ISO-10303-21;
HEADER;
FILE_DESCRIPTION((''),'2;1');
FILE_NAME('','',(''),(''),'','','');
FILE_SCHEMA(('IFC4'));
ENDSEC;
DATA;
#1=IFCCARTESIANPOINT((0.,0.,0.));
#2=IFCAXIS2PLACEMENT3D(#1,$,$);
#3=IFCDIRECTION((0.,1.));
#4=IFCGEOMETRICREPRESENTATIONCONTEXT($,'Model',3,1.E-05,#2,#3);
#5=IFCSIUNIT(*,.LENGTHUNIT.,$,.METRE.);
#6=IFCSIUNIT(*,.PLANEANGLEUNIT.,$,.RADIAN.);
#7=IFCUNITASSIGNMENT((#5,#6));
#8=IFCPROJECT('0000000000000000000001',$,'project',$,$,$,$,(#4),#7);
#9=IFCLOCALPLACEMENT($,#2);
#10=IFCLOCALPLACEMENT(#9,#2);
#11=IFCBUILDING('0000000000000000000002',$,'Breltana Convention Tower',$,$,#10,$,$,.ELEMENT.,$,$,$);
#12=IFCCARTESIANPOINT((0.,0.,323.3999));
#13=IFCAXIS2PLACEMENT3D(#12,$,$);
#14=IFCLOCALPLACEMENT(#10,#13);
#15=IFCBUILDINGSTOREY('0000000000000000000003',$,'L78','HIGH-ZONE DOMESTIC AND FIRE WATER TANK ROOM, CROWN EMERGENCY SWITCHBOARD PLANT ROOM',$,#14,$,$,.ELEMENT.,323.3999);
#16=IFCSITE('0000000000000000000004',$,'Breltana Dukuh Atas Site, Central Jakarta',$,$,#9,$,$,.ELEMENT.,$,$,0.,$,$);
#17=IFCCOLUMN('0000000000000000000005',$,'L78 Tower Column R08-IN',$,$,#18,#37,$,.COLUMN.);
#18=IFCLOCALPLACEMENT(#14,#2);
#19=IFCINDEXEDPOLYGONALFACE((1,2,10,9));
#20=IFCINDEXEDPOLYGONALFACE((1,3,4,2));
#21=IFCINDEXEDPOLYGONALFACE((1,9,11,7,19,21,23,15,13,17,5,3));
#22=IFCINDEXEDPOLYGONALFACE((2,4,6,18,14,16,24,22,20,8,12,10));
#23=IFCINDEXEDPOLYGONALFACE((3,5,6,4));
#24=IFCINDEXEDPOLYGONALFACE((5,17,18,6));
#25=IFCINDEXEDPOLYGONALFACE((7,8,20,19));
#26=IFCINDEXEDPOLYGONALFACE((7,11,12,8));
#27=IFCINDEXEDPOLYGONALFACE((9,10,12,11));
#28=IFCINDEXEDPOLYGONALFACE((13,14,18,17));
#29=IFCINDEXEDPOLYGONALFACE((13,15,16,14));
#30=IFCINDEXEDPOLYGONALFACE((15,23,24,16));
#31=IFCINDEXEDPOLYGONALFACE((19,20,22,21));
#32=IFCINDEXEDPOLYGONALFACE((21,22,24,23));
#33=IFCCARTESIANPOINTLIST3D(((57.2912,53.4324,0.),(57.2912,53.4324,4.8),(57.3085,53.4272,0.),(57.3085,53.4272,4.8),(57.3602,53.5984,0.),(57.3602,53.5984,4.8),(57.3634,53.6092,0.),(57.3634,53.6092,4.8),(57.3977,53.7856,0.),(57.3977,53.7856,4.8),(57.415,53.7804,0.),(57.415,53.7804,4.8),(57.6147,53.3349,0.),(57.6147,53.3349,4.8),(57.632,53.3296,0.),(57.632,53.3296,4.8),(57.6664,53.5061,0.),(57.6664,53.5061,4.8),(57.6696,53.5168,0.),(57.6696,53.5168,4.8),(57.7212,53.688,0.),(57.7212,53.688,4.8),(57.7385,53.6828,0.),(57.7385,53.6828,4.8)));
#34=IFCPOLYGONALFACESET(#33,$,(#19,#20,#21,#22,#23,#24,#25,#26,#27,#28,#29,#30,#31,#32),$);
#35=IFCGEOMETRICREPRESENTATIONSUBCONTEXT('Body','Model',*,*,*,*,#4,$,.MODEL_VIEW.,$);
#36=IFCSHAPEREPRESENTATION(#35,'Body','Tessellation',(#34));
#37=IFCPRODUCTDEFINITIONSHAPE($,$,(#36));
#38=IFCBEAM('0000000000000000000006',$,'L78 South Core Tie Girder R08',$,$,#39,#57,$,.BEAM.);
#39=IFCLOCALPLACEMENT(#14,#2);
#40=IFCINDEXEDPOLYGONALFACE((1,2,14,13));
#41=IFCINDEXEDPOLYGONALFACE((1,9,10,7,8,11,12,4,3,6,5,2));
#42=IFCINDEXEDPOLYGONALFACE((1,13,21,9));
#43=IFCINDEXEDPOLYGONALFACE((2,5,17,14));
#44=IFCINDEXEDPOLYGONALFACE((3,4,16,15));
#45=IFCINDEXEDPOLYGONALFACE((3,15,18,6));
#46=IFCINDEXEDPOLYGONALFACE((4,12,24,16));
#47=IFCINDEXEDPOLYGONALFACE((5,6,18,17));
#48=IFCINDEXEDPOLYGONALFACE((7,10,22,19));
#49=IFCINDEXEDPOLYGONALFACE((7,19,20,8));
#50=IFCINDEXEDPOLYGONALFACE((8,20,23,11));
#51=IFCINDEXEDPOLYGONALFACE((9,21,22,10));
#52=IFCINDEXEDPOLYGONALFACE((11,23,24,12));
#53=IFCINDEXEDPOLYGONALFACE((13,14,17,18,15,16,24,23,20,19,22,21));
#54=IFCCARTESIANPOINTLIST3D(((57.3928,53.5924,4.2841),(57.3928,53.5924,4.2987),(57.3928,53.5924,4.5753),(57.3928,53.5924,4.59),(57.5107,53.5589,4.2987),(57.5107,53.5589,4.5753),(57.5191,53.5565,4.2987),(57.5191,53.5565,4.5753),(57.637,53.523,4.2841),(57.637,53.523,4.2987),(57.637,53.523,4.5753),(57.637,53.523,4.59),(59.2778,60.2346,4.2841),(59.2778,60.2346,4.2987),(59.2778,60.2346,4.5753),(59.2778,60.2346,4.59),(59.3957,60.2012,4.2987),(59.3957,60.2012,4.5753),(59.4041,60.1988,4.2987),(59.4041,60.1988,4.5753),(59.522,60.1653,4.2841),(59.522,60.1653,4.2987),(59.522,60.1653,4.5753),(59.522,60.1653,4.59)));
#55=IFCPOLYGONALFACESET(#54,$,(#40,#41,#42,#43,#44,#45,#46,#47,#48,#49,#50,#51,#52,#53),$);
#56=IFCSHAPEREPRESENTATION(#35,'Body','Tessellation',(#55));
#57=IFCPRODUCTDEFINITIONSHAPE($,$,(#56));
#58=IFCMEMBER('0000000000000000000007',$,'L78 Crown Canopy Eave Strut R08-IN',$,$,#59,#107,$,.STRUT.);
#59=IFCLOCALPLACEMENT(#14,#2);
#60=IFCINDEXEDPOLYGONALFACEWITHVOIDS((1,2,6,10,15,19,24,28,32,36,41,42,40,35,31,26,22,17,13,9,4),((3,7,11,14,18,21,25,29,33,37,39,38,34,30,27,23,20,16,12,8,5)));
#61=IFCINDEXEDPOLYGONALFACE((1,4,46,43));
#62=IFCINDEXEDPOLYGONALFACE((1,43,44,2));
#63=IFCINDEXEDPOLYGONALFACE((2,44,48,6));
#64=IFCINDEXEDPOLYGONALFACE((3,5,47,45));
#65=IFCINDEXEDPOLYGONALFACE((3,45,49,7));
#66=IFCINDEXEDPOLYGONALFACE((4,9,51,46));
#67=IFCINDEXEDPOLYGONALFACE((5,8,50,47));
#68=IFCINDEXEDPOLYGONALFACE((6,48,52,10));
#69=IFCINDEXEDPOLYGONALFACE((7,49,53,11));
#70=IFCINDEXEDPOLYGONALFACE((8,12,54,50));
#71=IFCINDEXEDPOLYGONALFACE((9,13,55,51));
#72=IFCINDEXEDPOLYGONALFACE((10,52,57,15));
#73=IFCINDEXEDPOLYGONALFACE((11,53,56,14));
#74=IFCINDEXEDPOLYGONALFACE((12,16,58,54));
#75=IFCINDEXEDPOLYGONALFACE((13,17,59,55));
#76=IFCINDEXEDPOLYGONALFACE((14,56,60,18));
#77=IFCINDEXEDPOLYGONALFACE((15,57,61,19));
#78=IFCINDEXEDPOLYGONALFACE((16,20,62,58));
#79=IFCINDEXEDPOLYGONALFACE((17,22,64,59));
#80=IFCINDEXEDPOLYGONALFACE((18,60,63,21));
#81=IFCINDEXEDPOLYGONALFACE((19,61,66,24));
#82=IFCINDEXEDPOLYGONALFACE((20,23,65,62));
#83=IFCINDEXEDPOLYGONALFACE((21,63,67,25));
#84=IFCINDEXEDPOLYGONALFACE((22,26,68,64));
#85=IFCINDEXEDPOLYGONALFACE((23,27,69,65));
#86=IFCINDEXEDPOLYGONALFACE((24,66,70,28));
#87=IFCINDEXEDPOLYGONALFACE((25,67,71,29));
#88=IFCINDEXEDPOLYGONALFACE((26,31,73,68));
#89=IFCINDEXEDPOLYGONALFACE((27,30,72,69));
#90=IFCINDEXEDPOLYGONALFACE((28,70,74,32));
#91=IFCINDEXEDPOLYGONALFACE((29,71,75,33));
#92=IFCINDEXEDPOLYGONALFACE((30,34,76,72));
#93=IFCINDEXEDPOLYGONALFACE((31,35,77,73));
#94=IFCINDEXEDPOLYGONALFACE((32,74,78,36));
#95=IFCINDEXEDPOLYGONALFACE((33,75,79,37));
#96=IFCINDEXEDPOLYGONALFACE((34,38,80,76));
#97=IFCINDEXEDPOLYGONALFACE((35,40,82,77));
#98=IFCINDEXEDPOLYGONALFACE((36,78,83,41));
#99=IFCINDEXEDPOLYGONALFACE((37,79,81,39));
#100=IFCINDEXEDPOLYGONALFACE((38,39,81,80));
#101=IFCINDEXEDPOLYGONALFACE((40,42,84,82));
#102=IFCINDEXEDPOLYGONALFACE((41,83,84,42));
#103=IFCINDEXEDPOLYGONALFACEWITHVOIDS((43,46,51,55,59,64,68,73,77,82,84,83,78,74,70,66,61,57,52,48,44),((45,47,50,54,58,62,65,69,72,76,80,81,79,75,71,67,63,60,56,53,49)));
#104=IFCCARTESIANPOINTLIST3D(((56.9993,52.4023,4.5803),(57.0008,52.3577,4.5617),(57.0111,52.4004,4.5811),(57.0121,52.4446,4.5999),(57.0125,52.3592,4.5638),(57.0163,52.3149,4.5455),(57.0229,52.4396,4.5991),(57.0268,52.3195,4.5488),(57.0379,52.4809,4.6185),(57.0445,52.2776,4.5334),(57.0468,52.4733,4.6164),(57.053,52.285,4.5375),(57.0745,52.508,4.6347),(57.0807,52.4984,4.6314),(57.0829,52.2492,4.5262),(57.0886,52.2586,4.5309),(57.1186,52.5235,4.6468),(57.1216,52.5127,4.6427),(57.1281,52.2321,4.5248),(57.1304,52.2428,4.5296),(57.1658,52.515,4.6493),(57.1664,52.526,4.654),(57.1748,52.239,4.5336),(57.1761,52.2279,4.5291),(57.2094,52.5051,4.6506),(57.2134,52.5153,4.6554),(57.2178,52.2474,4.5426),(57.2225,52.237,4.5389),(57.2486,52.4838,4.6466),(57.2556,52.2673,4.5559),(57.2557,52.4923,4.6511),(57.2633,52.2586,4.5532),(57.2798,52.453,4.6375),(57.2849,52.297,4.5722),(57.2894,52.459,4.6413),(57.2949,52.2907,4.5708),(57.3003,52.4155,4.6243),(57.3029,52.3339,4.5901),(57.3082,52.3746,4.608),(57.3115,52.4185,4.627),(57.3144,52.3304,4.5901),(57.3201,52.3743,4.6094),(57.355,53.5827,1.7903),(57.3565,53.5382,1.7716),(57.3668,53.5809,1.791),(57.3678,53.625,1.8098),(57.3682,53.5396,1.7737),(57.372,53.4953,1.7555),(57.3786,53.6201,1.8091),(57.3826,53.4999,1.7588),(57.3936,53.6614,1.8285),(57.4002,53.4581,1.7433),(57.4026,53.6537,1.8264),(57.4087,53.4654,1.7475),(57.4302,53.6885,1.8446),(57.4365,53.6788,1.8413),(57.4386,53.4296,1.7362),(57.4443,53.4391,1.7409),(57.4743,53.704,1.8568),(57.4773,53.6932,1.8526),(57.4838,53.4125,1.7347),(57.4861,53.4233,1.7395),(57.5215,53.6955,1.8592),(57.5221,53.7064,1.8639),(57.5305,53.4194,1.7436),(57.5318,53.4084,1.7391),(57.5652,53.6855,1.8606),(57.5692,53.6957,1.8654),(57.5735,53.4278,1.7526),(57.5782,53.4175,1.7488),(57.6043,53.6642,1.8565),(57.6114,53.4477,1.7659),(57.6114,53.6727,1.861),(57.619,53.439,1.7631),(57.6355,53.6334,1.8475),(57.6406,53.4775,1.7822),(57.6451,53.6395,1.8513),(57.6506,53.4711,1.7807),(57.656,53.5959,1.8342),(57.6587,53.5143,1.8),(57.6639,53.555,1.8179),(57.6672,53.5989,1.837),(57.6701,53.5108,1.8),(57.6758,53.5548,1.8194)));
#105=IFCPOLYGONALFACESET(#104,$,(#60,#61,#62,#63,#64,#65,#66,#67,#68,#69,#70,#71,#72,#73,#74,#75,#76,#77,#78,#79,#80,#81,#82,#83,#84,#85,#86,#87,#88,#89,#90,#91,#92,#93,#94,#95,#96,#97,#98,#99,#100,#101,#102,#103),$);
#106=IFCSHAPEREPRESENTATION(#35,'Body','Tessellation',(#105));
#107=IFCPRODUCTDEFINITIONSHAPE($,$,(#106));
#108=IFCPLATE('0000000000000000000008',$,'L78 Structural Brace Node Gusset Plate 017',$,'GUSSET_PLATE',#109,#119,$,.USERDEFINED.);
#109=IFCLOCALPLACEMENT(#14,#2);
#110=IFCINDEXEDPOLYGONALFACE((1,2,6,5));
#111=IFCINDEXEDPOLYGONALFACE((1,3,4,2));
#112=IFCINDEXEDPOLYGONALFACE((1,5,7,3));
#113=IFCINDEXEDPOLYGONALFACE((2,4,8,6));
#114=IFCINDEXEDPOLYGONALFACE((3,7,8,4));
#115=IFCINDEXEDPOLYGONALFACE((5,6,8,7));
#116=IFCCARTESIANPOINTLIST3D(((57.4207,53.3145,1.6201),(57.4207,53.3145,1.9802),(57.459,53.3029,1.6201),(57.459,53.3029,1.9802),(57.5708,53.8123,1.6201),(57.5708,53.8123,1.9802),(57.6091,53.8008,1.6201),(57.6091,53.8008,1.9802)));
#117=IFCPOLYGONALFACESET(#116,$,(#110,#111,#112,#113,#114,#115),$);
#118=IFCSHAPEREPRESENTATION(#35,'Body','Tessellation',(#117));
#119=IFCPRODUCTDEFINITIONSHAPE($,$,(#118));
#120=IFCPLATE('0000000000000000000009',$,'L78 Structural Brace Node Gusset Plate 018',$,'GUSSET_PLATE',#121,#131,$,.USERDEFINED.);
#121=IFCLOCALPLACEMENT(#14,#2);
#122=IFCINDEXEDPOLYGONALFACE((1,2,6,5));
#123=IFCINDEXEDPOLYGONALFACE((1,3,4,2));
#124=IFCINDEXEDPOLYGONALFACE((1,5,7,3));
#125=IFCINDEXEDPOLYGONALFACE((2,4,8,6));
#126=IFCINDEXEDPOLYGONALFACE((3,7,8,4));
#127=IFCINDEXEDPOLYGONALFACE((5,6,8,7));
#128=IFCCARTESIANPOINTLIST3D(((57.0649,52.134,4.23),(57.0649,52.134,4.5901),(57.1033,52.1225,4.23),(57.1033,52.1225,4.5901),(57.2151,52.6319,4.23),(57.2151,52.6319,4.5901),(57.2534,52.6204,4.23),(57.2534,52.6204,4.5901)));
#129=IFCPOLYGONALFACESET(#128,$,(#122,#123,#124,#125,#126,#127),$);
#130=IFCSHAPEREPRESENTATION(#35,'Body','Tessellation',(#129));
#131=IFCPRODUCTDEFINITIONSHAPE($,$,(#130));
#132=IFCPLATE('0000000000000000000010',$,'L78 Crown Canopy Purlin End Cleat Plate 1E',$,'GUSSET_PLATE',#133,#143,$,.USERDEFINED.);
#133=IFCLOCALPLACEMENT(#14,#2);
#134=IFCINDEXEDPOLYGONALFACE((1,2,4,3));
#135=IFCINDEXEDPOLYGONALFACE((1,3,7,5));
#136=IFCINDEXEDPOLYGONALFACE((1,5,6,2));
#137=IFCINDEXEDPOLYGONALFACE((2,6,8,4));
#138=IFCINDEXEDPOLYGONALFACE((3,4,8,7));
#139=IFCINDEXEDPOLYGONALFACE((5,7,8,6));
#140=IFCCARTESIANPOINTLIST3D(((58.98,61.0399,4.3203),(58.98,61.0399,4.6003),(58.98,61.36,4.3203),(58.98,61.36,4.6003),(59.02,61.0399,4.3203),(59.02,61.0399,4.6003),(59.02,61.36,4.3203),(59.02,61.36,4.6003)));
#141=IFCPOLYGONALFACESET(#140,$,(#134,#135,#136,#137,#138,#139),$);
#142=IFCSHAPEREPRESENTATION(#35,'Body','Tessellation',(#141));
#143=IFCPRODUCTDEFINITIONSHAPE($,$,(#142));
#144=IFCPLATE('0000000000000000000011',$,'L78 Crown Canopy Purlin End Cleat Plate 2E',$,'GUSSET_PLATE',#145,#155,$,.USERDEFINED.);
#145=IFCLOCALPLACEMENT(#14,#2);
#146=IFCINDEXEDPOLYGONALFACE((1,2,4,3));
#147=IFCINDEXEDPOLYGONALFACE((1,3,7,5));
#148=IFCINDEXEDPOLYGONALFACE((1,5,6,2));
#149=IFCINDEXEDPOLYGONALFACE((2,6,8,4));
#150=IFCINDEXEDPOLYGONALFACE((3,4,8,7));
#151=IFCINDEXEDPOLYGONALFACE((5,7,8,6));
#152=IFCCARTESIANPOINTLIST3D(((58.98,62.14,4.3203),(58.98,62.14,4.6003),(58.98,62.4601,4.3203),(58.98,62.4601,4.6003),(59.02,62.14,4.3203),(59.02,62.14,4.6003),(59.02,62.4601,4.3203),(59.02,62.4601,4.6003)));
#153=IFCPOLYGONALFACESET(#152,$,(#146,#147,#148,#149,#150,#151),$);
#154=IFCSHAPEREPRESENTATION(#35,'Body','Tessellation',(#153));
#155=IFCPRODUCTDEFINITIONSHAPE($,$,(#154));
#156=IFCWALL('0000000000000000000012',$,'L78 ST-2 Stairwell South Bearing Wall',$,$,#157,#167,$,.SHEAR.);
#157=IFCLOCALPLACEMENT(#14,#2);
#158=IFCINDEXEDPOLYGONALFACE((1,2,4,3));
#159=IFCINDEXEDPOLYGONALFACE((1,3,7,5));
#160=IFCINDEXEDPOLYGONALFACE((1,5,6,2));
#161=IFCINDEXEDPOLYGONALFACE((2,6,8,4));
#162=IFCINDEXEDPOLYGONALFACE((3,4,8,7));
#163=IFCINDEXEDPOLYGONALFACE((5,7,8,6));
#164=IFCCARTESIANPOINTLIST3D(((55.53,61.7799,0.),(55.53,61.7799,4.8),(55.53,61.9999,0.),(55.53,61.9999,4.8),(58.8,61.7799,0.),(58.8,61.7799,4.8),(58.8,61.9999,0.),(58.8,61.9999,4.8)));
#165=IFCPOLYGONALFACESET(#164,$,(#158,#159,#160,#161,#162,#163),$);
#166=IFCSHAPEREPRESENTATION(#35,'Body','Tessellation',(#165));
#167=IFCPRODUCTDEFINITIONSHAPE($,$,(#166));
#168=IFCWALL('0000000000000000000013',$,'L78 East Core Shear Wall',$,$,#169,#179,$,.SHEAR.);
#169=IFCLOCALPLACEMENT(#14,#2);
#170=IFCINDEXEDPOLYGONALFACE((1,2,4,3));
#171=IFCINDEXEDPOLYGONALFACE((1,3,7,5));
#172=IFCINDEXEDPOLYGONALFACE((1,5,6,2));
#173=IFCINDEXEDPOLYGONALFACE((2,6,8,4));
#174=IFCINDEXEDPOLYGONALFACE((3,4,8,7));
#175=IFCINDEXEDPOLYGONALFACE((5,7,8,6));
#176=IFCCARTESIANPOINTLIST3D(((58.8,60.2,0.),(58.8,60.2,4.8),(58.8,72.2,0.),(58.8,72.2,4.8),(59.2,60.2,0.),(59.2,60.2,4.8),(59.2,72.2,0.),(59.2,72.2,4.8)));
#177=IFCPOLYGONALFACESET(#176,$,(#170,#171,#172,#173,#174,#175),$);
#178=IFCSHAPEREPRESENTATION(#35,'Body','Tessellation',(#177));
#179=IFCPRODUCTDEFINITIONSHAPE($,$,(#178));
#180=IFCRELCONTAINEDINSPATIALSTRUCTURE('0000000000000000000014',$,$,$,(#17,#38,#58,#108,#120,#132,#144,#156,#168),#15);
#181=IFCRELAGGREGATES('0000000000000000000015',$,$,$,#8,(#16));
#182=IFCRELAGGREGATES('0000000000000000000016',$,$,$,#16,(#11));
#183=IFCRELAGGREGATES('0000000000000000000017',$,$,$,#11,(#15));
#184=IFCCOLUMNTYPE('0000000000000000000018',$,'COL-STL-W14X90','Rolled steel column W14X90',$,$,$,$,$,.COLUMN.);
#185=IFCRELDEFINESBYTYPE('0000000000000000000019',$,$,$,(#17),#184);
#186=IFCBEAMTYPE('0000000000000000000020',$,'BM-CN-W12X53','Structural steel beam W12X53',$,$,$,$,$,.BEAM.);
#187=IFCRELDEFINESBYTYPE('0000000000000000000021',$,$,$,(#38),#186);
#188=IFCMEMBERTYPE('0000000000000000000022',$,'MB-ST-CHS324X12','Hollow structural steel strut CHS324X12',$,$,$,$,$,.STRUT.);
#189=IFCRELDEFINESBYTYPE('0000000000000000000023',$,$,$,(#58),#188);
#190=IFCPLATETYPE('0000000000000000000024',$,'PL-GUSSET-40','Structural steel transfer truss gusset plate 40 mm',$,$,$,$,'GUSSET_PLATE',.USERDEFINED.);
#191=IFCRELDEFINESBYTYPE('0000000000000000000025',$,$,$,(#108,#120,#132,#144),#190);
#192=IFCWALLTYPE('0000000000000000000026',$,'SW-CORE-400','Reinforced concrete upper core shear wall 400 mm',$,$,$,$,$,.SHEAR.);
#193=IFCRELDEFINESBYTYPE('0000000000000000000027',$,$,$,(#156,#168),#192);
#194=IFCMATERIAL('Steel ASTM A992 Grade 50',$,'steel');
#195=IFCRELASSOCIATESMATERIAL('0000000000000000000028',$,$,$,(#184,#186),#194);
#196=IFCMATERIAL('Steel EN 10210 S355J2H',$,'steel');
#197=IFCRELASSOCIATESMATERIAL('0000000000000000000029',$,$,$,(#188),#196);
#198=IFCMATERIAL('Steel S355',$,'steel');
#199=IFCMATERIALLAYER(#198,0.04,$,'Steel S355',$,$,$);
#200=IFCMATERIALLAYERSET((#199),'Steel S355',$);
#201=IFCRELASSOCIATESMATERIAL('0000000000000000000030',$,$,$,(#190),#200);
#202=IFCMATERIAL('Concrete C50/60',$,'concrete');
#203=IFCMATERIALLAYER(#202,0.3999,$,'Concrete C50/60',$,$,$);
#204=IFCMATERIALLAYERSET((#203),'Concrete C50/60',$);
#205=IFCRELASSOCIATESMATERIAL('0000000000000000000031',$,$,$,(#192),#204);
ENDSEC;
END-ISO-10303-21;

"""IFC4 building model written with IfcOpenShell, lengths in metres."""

from ifc_helpers import new_model, si_unit, direction, frame, frame_2d, origin, origin_2d, place, context, subcontext, project, spatial, rectangle, hollow_circle, i_section, extrude, source, transform, mapped, material, layer, layer_set, material_profile, profile_set, type_object, type_shapes, element, save


model = new_model("IFC4")

# Units and contexts
model_context = context("Model", 3, precision=1e-05, world=origin(), true_north=direction((0.0, 1.0)))
body_context = subcontext(model_context, "Body", "Model", "MODEL_VIEW")
ifc_project = project(units=[si_unit("LENGTHUNIT", "METRE"), si_unit("PLANEANGLEUNIT", "RADIAN")], contexts=[model_context])

# Site, building, storey
site_placement = place(None, origin())
site = spatial("IfcSite", under=ifc_project, at=site_placement, Name="Breltana Dukuh Atas Site, Central Jakarta", CompositionType="ELEMENT", RefElevation=0.0)
building_placement = place(site_placement, origin())
building = spatial("IfcBuilding", under=site, at=building_placement, Name="Breltana Convention Tower", CompositionType="ELEMENT")
storey_placement = place(building_placement, frame((0.0, 0.0, 323.3999)))
storey = spatial("IfcBuildingStorey", under=building, at=storey_placement, Name="L78", Description="HIGH-ZONE DOMESTIC AND FIRE WATER TANK ROOM, CROWN EMERGENCY SWITCHBOARD PLANT ROOM", CompositionType="ELEMENT", Elevation=323.3999)

# Column
ifc_material_1 = material(Name="Steel ASTM A992 Grade 50", Category="steel")
ifc_material_profile_1 = material_profile(ifc_material_1, i_section(OverallWidth=0.3689, OverallDepth=0.356, WebThickness=0.0112, FlangeThickness=0.0181, at=origin_2d()), Name="W14X90")
ifc_profile_set_1 = profile_set([ifc_material_profile_1], Name="Steel ASTM A992 Grade 50")
column_type = type_object("IfcColumnType", Name="COL-STL-W14X90", Description="Rolled steel column W14X90", PredefinedType="COLUMN", material=ifc_profile_set_1)
shared_shape_1 = source(origin(), body_context, "Body", "SweptSolid", [
    extrude(i_section(OverallWidth=0.3689, OverallDepth=0.356, WebThickness=0.0112, FlangeThickness=0.0181, at=origin_2d()), origin(), (0.0, 0.0, 1.0), 4.8),
])
type_shapes(column_type, [shared_shape_1])
column_placement = place(storey_placement, frame((57.5149, 53.5576, 0.0), z_axis=(0.0, 0.0, 1.0), x_axis=(0.288698, 0.95742, 0.0)))
element("IfcColumn", 1, at=column_placement, inside=storey, type_object=column_type, Name="L78 Tower Column R08-IN", PredefinedType="COLUMN", context=body_context, shape_type="MappedRepresentation", body=[
    mapped(shared_shape_1, transform((0.0, 0.0, 0.0), scale=1.0)),
])

# Beam
ifc_material_profile_2 = material_profile(ifc_material_1, i_section(OverallWidth=0.2539, OverallDepth=0.3059, WebThickness=0.0088, FlangeThickness=0.0146, at=origin_2d()), Name="W12X53")
ifc_profile_set_2 = profile_set([ifc_material_profile_2], Name="Steel ASTM A992 Grade 50")
beam_type = type_object("IfcBeamType", Name="BM-CN-W12X53", Description="Structural steel beam W12X53", PredefinedType="BEAM", material=ifc_profile_set_2)
shared_shape_2 = source(origin(), body_context, "Body", "SweptSolid", [
    extrude(i_section(OverallWidth=0.2539, OverallDepth=0.3059, WebThickness=0.0088, FlangeThickness=0.0146, at=origin_2d()), origin(), (0.0, 0.0, 1.0), 6.9045),
])
beam_placement = place(storey_placement, frame((59.3999, 60.2, 4.437), z_axis=(-0.273007, -0.962012, 0.0), x_axis=(0.962012, -0.273007, 0.0)))
element("IfcBeam", 2, at=beam_placement, inside=storey, type_object=beam_type, Name="L78 South Core Tie Girder R08", PredefinedType="BEAM", context=body_context, shape_type="MappedRepresentation", body=[
    mapped(shared_shape_2, transform((0.0, 0.0, 0.0), scale=1.0)),
])

# Member
ifc_material_2 = material(Name="Steel EN 10210 S355J2H", Category="steel")
ifc_material_profile_3 = material_profile(ifc_material_2, hollow_circle(Radius=0.1621, WallThickness=0.012, at=origin_2d()), Name="CHS324X12")
ifc_profile_set_3 = profile_set([ifc_material_profile_3], Name="Steel EN 10210 S355J2H")
member_type = type_object("IfcMemberType", Name="MB-ST-CHS324X12", Description="Hollow structural steel strut CHS324X12", PredefinedType="STRUT", material=ifc_profile_set_3)
shared_shape_3 = source(origin(), body_context, "Body", "SweptSolid", [
    extrude(hollow_circle(Radius=0.1621, WallThickness=0.012, at=origin_2d()), origin(), (0.0, 0.0, 1.0), 3.0503),
])
type_shapes(member_type, [shared_shape_3])
member_placement = place(storey_placement, frame((57.5149, 53.5576, 1.8), z_axis=(-0.116616, -0.386987, 0.914681), x_axis=(0.957471, -0.288529, 0.0)))
element("IfcMember", 3, at=member_placement, inside=storey, type_object=member_type, Name="L78 Crown Canopy Eave Strut R08-IN", PredefinedType="STRUT", context=body_context, shape_type="MappedRepresentation", body=[
    mapped(shared_shape_3, transform((0.0, 0.0, 0.0), scale=1.0)),
])

# Plates
ifc_material_3 = material(Name="Steel S355", Category="steel")
ifc_layer_1 = layer(ifc_material_3, 0.04, Name="Steel S355")
ifc_layer_set_1 = layer_set([ifc_layer_1], Name="Steel S355")
plate_type = type_object("IfcPlateType", Name="PL-GUSSET-40", Description="Structural steel transfer truss gusset plate 40 mm", ElementType="GUSSET_PLATE", PredefinedType="USERDEFINED", material=ifc_layer_set_1)
shared_shape_4 = source(origin(), body_context, "Body", "SweptSolid", [
    extrude(rectangle(XDim=0.52, YDim=0.04, at=origin_2d()), origin(), (0.0, 0.0, 1.0), 0.3601),
])
for number, where, z_axis, x_axis, name in (
    (4, (57.5149, 53.5576, 1.6201), (0.0, 0.0, 1.0), (-0.288698, -0.95742, 0.0), "L78 Structural Brace Node Gusset Plate 017"),
    (5, (57.1592, 52.3772, 4.23), (0.0, 0.0, 1.0), (-0.288698, -0.95742, 0.0), "L78 Structural Brace Node Gusset Plate 018"),
):
    element("IfcPlate", number, at=place(storey_placement, frame(where, z_axis=z_axis, x_axis=x_axis)), inside=storey, type_object=plate_type, Name=name, ObjectType="GUSSET_PLATE", PredefinedType="USERDEFINED", context=body_context, shape_type="MappedRepresentation", body=[
        mapped(shared_shape_4, transform((0.0, 0.0, 0.0), scale=1.0)),
    ])
shared_shape_5 = source(origin(), body_context, "Body", "SweptSolid", [
    extrude(rectangle(XDim=0.04, YDim=0.3201, at=origin_2d()), origin(), (0.0, 0.0, 1.0), 0.28),
])
for number, where, z_axis, x_axis, name in (
    (6, (59.0, 61.2, 4.3203), (0.0, 0.0, 1.0), (1.0, 0.0, 0.0), "L78 Crown Canopy Purlin End Cleat Plate 1E"),
    (7, (59.0, 62.3, 4.3203), (0.0, 0.0, 1.0), (1.0, 0.0, 0.0), "L78 Crown Canopy Purlin End Cleat Plate 2E"),
):
    element("IfcPlate", number, at=place(storey_placement, frame(where, z_axis=z_axis, x_axis=x_axis)), inside=storey, type_object=plate_type, Name=name, ObjectType="GUSSET_PLATE", PredefinedType="USERDEFINED", context=body_context, shape_type="MappedRepresentation", body=[
        mapped(shared_shape_5, transform((0.0, 0.0, 0.0), scale=1.0)),
    ])

# Walls
ifc_material_4 = material(Name="Concrete C50/60", Category="concrete")
ifc_layer_2 = layer(ifc_material_4, 0.3999, Name="Concrete C50/60")
ifc_layer_set_2 = layer_set([ifc_layer_2], Name="Concrete C50/60")
wall_type_1 = type_object("IfcWallType", Name="SW-CORE-400", Description="Reinforced concrete upper core shear wall 400 mm", PredefinedType="SHEAR", material=ifc_layer_set_2)
shared_shape_6 = source(origin(), body_context, "Body", "SweptSolid", [
    extrude(rectangle(XDim=3.27, YDim=0.22, at=frame_2d((1.635, 0.0))), origin(), (0.0, 0.0, 1.0), 4.8),
])
wall_1_placement = place(storey_placement, frame((55.53, 61.8899, 0.0), z_axis=(0.0, 0.0, 1.0), x_axis=(1.0, 0.0, 0.0)))
element("IfcWall", 8, at=wall_1_placement, inside=storey, type_object=wall_type_1, Name="L78 ST-2 Stairwell South Bearing Wall", PredefinedType="SHEAR", context=body_context, shape_type="MappedRepresentation", body=[
    mapped(shared_shape_6, transform((0.0, 0.0, 0.0), scale=1.0)),
])
shared_shape_7 = source(origin(), body_context, "Body", "SweptSolid", [
    extrude(rectangle(XDim=12.0, YDim=0.3999, at=frame_2d((6.0, 0.0))), origin(), (0.0, 0.0, 1.0), 4.8),
])
wall_2_placement = place(storey_placement, frame((59.0, 60.2, 0.0), z_axis=(0.0, 0.0, 1.0), x_axis=(0.0, 1.0, 0.0)))
element("IfcWall", 9, at=wall_2_placement, inside=storey, type_object=wall_type_1, Name="L78 East Core Shear Wall", PredefinedType="SHEAR", context=body_context, shape_type="MappedRepresentation", body=[
    mapped(shared_shape_7, transform((0.0, 0.0, 0.0), scale=1.0)),
])

save(model, "model.ifc")
